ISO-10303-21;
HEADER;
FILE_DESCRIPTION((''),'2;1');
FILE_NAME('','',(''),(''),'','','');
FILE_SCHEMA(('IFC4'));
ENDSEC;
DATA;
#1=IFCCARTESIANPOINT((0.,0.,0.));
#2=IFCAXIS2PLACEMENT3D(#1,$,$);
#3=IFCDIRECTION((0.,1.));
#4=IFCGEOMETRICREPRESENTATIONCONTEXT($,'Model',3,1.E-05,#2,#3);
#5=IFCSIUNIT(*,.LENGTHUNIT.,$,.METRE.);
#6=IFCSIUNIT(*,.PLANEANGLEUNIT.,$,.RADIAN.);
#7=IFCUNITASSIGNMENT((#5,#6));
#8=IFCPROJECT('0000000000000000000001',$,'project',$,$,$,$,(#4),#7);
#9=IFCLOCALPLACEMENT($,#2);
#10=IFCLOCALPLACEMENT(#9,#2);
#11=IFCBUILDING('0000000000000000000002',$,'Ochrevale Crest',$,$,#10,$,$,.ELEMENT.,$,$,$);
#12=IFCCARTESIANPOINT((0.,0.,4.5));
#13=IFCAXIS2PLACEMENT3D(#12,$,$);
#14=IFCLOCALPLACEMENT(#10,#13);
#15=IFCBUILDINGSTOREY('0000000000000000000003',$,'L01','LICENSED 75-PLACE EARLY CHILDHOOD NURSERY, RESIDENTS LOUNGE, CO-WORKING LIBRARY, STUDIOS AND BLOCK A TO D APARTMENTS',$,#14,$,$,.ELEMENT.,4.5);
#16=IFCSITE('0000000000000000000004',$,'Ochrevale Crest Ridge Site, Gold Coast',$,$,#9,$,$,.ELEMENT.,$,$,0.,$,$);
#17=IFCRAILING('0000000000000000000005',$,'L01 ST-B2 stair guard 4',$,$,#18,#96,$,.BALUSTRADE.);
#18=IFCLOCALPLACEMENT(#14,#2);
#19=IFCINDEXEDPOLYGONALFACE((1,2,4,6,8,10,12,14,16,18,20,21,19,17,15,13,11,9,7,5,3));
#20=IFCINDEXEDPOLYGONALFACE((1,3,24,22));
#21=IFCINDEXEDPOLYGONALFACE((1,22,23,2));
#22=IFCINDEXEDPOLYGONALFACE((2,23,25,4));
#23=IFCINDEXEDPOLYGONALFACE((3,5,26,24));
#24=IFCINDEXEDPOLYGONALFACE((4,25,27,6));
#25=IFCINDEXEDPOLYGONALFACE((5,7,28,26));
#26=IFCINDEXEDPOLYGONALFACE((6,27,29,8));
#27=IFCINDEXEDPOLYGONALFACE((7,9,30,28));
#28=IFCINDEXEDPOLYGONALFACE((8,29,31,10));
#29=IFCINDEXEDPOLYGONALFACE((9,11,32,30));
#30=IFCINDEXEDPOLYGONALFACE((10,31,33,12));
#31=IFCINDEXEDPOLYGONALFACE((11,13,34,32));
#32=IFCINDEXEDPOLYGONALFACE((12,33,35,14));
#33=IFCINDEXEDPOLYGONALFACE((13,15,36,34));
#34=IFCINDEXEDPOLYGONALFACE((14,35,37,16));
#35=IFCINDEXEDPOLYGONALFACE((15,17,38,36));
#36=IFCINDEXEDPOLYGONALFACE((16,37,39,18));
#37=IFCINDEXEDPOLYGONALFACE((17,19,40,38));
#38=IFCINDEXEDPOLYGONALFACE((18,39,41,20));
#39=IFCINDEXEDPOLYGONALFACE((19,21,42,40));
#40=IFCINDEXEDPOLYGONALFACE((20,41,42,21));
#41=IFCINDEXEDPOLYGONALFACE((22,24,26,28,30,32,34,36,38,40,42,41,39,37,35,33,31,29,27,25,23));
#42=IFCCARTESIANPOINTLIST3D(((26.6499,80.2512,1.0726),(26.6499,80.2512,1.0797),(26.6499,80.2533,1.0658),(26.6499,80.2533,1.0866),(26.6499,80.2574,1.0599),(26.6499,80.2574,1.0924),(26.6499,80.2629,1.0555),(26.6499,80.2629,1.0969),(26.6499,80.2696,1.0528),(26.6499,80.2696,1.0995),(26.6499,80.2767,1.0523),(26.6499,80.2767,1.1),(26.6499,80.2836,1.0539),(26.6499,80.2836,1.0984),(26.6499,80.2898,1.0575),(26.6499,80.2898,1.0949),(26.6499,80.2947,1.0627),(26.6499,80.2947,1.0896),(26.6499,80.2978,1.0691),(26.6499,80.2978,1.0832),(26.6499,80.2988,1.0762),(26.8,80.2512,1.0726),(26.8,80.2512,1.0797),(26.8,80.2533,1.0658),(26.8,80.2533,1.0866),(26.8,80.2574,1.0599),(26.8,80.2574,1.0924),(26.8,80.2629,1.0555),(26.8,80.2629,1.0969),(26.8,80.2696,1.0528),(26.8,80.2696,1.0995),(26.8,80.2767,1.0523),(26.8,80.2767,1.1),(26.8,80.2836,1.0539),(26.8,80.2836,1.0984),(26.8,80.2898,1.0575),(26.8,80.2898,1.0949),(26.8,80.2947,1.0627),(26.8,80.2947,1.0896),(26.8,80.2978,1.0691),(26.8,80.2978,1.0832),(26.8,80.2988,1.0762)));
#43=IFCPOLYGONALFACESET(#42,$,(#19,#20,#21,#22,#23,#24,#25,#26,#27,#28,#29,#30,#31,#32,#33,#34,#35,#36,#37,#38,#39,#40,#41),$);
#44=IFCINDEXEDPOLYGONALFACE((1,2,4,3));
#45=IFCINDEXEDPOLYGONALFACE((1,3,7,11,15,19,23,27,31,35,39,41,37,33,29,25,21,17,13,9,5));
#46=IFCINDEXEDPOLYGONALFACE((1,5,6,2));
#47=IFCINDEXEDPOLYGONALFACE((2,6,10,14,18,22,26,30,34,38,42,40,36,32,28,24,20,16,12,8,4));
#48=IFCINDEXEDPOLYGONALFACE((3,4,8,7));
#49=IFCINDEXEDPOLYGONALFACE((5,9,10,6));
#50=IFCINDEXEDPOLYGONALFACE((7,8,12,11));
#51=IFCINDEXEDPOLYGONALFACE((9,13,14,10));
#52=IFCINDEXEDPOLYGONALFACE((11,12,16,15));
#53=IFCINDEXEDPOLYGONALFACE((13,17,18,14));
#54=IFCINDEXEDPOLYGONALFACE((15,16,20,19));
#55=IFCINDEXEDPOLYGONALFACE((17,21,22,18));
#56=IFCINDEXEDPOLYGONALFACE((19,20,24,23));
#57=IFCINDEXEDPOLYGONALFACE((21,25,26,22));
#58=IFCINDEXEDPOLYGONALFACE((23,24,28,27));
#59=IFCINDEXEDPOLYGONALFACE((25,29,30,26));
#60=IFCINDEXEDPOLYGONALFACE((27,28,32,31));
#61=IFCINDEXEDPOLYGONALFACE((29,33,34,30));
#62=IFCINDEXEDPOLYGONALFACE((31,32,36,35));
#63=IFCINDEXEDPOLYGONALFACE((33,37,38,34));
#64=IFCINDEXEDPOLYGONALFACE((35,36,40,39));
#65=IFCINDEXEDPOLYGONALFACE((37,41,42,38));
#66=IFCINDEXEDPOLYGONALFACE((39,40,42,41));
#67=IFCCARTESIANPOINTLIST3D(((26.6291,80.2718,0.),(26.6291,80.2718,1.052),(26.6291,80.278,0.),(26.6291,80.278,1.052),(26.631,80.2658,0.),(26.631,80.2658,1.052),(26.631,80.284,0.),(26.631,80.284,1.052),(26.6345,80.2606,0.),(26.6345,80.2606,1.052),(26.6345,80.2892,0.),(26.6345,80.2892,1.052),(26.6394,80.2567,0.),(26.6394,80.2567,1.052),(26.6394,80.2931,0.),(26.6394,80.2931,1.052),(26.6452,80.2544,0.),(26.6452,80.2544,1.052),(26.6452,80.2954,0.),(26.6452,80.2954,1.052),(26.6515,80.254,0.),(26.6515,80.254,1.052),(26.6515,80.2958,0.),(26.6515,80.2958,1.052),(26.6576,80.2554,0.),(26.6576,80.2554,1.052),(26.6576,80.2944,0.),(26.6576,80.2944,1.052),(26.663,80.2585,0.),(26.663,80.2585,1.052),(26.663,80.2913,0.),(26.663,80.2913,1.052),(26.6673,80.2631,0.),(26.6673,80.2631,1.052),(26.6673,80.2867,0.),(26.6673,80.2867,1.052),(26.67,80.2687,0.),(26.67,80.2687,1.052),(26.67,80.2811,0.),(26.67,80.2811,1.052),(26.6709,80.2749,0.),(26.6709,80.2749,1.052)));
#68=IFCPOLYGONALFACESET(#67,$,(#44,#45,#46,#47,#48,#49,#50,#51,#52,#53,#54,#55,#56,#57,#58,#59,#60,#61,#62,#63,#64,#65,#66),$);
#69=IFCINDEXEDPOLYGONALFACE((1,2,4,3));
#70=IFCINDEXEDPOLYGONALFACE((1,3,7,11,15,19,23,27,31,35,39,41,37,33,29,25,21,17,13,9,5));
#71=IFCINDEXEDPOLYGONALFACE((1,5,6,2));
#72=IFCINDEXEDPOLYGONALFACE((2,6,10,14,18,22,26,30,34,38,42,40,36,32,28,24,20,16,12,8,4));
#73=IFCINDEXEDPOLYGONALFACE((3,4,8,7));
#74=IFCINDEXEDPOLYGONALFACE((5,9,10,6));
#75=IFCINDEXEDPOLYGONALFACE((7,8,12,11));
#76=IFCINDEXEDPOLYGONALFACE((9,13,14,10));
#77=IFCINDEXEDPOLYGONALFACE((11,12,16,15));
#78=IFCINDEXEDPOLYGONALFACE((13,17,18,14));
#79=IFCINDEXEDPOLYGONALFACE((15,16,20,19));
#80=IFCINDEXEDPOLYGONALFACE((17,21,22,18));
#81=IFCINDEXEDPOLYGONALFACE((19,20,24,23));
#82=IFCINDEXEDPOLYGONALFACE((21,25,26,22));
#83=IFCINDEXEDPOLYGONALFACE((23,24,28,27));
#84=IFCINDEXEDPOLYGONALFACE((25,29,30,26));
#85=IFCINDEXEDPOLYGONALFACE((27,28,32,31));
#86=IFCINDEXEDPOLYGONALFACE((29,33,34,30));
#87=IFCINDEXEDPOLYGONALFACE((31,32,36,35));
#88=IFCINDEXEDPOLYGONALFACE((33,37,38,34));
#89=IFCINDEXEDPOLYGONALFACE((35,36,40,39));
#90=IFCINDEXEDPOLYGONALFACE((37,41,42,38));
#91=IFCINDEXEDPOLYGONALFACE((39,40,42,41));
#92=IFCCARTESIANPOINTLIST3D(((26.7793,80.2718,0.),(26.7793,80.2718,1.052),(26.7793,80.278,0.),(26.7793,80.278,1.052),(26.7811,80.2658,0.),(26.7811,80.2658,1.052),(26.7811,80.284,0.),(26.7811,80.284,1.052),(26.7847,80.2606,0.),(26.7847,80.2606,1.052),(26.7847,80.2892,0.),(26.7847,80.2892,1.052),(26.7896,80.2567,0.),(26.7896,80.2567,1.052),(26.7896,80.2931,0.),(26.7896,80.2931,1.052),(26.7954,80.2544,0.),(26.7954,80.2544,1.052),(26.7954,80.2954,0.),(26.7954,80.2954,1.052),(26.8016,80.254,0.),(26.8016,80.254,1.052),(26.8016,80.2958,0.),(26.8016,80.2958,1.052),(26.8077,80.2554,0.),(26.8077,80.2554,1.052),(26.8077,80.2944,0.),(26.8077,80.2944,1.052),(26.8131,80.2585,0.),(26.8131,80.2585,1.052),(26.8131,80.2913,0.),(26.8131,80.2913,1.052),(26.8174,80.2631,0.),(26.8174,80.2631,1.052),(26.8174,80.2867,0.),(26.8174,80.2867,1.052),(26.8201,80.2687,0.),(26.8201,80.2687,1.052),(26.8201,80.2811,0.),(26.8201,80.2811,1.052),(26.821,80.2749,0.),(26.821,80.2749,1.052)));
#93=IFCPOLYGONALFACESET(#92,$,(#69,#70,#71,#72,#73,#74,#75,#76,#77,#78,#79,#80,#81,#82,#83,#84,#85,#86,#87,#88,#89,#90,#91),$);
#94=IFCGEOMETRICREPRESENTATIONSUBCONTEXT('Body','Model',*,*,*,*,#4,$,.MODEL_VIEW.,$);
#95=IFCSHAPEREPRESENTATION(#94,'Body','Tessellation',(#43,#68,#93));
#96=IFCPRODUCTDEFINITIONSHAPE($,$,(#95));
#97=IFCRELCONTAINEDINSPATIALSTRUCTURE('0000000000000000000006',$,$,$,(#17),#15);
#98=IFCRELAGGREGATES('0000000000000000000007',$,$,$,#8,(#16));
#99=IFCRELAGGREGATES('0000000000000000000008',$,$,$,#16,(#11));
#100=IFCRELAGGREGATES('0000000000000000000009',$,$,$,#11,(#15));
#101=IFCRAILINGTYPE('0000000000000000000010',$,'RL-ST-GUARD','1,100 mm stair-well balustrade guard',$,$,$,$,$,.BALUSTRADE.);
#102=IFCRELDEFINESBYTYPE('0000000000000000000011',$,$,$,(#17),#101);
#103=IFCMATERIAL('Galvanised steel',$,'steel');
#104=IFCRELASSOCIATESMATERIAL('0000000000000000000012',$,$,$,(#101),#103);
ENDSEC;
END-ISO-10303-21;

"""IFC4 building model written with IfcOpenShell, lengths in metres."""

from ifc_helpers import new_model, si_unit, direction, frame, origin, origin_2d, place, context, subcontext, project, spatial, circle, extrude, material, type_object, element, save


model = new_model("IFC4")

# Units and contexts
model_context = context("Model", 3, precision=1e-05, world=origin(), true_north=direction((0.0, 1.0)))
body_context = subcontext(model_context, "Body", "Model", "MODEL_VIEW")
ifc_project = project(units=[si_unit("LENGTHUNIT", "METRE"), si_unit("PLANEANGLEUNIT", "RADIAN")], contexts=[model_context])

# Site, building, storey
site_placement = place(None, origin())
site = spatial("IfcSite", under=ifc_project, at=site_placement, Name="Ochrevale Crest Ridge Site, Gold Coast", CompositionType="ELEMENT", RefElevation=0.0)
building_placement = place(site_placement, origin())
building = spatial("IfcBuilding", under=site, at=building_placement, Name="Ochrevale Crest", CompositionType="ELEMENT")
storey_placement = place(building_placement, frame((0.0, 0.0, 4.5)))
storey = spatial("IfcBuildingStorey", under=building, at=storey_placement, Name="L01", Description="LICENSED 75-PLACE EARLY CHILDHOOD NURSERY, RESIDENTS LOUNGE, CO-WORKING LIBRARY, STUDIOS AND BLOCK A TO D APARTMENTS", CompositionType="ELEMENT", Elevation=4.5)

# Railing
ifc_material_1 = material(Name="Galvanised steel", Category="steel")
railing_type_1 = type_object("IfcRailingType", Name="RL-ST-GUARD", Description="1,100 mm stair-well balustrade guard", PredefinedType="BALUSTRADE", material=ifc_material_1)
railing_1_placement = place(storey_placement, frame((26.6499, 80.2749, 0.0)))
element("IfcRailing", 1, at=railing_1_placement, inside=storey, type_object=railing_type_1, Name="L01 ST-B2 stair guard 4", PredefinedType="BALUSTRADE", context=body_context, shape_type="SweptSolid", body=[
    extrude(circle(Radius=0.0239, at=origin_2d()), frame((0.0, 0.0, 1.0762), z_axis=(1.0, 0.0, 0.0), x_axis=(0.0, 1.0, 0.0)), (0.0, 0.0, 1.0), 0.1501),
    extrude(circle(Radius=0.021, at=origin_2d()), origin(), (0.0, 0.0, 1.0), 1.052),
    extrude(circle(Radius=0.021, at=origin_2d()), frame((0.1501, 0.0, 0.0)), (0.0, 0.0, 1.0), 1.052),
])

save(model, "model.ifc")
